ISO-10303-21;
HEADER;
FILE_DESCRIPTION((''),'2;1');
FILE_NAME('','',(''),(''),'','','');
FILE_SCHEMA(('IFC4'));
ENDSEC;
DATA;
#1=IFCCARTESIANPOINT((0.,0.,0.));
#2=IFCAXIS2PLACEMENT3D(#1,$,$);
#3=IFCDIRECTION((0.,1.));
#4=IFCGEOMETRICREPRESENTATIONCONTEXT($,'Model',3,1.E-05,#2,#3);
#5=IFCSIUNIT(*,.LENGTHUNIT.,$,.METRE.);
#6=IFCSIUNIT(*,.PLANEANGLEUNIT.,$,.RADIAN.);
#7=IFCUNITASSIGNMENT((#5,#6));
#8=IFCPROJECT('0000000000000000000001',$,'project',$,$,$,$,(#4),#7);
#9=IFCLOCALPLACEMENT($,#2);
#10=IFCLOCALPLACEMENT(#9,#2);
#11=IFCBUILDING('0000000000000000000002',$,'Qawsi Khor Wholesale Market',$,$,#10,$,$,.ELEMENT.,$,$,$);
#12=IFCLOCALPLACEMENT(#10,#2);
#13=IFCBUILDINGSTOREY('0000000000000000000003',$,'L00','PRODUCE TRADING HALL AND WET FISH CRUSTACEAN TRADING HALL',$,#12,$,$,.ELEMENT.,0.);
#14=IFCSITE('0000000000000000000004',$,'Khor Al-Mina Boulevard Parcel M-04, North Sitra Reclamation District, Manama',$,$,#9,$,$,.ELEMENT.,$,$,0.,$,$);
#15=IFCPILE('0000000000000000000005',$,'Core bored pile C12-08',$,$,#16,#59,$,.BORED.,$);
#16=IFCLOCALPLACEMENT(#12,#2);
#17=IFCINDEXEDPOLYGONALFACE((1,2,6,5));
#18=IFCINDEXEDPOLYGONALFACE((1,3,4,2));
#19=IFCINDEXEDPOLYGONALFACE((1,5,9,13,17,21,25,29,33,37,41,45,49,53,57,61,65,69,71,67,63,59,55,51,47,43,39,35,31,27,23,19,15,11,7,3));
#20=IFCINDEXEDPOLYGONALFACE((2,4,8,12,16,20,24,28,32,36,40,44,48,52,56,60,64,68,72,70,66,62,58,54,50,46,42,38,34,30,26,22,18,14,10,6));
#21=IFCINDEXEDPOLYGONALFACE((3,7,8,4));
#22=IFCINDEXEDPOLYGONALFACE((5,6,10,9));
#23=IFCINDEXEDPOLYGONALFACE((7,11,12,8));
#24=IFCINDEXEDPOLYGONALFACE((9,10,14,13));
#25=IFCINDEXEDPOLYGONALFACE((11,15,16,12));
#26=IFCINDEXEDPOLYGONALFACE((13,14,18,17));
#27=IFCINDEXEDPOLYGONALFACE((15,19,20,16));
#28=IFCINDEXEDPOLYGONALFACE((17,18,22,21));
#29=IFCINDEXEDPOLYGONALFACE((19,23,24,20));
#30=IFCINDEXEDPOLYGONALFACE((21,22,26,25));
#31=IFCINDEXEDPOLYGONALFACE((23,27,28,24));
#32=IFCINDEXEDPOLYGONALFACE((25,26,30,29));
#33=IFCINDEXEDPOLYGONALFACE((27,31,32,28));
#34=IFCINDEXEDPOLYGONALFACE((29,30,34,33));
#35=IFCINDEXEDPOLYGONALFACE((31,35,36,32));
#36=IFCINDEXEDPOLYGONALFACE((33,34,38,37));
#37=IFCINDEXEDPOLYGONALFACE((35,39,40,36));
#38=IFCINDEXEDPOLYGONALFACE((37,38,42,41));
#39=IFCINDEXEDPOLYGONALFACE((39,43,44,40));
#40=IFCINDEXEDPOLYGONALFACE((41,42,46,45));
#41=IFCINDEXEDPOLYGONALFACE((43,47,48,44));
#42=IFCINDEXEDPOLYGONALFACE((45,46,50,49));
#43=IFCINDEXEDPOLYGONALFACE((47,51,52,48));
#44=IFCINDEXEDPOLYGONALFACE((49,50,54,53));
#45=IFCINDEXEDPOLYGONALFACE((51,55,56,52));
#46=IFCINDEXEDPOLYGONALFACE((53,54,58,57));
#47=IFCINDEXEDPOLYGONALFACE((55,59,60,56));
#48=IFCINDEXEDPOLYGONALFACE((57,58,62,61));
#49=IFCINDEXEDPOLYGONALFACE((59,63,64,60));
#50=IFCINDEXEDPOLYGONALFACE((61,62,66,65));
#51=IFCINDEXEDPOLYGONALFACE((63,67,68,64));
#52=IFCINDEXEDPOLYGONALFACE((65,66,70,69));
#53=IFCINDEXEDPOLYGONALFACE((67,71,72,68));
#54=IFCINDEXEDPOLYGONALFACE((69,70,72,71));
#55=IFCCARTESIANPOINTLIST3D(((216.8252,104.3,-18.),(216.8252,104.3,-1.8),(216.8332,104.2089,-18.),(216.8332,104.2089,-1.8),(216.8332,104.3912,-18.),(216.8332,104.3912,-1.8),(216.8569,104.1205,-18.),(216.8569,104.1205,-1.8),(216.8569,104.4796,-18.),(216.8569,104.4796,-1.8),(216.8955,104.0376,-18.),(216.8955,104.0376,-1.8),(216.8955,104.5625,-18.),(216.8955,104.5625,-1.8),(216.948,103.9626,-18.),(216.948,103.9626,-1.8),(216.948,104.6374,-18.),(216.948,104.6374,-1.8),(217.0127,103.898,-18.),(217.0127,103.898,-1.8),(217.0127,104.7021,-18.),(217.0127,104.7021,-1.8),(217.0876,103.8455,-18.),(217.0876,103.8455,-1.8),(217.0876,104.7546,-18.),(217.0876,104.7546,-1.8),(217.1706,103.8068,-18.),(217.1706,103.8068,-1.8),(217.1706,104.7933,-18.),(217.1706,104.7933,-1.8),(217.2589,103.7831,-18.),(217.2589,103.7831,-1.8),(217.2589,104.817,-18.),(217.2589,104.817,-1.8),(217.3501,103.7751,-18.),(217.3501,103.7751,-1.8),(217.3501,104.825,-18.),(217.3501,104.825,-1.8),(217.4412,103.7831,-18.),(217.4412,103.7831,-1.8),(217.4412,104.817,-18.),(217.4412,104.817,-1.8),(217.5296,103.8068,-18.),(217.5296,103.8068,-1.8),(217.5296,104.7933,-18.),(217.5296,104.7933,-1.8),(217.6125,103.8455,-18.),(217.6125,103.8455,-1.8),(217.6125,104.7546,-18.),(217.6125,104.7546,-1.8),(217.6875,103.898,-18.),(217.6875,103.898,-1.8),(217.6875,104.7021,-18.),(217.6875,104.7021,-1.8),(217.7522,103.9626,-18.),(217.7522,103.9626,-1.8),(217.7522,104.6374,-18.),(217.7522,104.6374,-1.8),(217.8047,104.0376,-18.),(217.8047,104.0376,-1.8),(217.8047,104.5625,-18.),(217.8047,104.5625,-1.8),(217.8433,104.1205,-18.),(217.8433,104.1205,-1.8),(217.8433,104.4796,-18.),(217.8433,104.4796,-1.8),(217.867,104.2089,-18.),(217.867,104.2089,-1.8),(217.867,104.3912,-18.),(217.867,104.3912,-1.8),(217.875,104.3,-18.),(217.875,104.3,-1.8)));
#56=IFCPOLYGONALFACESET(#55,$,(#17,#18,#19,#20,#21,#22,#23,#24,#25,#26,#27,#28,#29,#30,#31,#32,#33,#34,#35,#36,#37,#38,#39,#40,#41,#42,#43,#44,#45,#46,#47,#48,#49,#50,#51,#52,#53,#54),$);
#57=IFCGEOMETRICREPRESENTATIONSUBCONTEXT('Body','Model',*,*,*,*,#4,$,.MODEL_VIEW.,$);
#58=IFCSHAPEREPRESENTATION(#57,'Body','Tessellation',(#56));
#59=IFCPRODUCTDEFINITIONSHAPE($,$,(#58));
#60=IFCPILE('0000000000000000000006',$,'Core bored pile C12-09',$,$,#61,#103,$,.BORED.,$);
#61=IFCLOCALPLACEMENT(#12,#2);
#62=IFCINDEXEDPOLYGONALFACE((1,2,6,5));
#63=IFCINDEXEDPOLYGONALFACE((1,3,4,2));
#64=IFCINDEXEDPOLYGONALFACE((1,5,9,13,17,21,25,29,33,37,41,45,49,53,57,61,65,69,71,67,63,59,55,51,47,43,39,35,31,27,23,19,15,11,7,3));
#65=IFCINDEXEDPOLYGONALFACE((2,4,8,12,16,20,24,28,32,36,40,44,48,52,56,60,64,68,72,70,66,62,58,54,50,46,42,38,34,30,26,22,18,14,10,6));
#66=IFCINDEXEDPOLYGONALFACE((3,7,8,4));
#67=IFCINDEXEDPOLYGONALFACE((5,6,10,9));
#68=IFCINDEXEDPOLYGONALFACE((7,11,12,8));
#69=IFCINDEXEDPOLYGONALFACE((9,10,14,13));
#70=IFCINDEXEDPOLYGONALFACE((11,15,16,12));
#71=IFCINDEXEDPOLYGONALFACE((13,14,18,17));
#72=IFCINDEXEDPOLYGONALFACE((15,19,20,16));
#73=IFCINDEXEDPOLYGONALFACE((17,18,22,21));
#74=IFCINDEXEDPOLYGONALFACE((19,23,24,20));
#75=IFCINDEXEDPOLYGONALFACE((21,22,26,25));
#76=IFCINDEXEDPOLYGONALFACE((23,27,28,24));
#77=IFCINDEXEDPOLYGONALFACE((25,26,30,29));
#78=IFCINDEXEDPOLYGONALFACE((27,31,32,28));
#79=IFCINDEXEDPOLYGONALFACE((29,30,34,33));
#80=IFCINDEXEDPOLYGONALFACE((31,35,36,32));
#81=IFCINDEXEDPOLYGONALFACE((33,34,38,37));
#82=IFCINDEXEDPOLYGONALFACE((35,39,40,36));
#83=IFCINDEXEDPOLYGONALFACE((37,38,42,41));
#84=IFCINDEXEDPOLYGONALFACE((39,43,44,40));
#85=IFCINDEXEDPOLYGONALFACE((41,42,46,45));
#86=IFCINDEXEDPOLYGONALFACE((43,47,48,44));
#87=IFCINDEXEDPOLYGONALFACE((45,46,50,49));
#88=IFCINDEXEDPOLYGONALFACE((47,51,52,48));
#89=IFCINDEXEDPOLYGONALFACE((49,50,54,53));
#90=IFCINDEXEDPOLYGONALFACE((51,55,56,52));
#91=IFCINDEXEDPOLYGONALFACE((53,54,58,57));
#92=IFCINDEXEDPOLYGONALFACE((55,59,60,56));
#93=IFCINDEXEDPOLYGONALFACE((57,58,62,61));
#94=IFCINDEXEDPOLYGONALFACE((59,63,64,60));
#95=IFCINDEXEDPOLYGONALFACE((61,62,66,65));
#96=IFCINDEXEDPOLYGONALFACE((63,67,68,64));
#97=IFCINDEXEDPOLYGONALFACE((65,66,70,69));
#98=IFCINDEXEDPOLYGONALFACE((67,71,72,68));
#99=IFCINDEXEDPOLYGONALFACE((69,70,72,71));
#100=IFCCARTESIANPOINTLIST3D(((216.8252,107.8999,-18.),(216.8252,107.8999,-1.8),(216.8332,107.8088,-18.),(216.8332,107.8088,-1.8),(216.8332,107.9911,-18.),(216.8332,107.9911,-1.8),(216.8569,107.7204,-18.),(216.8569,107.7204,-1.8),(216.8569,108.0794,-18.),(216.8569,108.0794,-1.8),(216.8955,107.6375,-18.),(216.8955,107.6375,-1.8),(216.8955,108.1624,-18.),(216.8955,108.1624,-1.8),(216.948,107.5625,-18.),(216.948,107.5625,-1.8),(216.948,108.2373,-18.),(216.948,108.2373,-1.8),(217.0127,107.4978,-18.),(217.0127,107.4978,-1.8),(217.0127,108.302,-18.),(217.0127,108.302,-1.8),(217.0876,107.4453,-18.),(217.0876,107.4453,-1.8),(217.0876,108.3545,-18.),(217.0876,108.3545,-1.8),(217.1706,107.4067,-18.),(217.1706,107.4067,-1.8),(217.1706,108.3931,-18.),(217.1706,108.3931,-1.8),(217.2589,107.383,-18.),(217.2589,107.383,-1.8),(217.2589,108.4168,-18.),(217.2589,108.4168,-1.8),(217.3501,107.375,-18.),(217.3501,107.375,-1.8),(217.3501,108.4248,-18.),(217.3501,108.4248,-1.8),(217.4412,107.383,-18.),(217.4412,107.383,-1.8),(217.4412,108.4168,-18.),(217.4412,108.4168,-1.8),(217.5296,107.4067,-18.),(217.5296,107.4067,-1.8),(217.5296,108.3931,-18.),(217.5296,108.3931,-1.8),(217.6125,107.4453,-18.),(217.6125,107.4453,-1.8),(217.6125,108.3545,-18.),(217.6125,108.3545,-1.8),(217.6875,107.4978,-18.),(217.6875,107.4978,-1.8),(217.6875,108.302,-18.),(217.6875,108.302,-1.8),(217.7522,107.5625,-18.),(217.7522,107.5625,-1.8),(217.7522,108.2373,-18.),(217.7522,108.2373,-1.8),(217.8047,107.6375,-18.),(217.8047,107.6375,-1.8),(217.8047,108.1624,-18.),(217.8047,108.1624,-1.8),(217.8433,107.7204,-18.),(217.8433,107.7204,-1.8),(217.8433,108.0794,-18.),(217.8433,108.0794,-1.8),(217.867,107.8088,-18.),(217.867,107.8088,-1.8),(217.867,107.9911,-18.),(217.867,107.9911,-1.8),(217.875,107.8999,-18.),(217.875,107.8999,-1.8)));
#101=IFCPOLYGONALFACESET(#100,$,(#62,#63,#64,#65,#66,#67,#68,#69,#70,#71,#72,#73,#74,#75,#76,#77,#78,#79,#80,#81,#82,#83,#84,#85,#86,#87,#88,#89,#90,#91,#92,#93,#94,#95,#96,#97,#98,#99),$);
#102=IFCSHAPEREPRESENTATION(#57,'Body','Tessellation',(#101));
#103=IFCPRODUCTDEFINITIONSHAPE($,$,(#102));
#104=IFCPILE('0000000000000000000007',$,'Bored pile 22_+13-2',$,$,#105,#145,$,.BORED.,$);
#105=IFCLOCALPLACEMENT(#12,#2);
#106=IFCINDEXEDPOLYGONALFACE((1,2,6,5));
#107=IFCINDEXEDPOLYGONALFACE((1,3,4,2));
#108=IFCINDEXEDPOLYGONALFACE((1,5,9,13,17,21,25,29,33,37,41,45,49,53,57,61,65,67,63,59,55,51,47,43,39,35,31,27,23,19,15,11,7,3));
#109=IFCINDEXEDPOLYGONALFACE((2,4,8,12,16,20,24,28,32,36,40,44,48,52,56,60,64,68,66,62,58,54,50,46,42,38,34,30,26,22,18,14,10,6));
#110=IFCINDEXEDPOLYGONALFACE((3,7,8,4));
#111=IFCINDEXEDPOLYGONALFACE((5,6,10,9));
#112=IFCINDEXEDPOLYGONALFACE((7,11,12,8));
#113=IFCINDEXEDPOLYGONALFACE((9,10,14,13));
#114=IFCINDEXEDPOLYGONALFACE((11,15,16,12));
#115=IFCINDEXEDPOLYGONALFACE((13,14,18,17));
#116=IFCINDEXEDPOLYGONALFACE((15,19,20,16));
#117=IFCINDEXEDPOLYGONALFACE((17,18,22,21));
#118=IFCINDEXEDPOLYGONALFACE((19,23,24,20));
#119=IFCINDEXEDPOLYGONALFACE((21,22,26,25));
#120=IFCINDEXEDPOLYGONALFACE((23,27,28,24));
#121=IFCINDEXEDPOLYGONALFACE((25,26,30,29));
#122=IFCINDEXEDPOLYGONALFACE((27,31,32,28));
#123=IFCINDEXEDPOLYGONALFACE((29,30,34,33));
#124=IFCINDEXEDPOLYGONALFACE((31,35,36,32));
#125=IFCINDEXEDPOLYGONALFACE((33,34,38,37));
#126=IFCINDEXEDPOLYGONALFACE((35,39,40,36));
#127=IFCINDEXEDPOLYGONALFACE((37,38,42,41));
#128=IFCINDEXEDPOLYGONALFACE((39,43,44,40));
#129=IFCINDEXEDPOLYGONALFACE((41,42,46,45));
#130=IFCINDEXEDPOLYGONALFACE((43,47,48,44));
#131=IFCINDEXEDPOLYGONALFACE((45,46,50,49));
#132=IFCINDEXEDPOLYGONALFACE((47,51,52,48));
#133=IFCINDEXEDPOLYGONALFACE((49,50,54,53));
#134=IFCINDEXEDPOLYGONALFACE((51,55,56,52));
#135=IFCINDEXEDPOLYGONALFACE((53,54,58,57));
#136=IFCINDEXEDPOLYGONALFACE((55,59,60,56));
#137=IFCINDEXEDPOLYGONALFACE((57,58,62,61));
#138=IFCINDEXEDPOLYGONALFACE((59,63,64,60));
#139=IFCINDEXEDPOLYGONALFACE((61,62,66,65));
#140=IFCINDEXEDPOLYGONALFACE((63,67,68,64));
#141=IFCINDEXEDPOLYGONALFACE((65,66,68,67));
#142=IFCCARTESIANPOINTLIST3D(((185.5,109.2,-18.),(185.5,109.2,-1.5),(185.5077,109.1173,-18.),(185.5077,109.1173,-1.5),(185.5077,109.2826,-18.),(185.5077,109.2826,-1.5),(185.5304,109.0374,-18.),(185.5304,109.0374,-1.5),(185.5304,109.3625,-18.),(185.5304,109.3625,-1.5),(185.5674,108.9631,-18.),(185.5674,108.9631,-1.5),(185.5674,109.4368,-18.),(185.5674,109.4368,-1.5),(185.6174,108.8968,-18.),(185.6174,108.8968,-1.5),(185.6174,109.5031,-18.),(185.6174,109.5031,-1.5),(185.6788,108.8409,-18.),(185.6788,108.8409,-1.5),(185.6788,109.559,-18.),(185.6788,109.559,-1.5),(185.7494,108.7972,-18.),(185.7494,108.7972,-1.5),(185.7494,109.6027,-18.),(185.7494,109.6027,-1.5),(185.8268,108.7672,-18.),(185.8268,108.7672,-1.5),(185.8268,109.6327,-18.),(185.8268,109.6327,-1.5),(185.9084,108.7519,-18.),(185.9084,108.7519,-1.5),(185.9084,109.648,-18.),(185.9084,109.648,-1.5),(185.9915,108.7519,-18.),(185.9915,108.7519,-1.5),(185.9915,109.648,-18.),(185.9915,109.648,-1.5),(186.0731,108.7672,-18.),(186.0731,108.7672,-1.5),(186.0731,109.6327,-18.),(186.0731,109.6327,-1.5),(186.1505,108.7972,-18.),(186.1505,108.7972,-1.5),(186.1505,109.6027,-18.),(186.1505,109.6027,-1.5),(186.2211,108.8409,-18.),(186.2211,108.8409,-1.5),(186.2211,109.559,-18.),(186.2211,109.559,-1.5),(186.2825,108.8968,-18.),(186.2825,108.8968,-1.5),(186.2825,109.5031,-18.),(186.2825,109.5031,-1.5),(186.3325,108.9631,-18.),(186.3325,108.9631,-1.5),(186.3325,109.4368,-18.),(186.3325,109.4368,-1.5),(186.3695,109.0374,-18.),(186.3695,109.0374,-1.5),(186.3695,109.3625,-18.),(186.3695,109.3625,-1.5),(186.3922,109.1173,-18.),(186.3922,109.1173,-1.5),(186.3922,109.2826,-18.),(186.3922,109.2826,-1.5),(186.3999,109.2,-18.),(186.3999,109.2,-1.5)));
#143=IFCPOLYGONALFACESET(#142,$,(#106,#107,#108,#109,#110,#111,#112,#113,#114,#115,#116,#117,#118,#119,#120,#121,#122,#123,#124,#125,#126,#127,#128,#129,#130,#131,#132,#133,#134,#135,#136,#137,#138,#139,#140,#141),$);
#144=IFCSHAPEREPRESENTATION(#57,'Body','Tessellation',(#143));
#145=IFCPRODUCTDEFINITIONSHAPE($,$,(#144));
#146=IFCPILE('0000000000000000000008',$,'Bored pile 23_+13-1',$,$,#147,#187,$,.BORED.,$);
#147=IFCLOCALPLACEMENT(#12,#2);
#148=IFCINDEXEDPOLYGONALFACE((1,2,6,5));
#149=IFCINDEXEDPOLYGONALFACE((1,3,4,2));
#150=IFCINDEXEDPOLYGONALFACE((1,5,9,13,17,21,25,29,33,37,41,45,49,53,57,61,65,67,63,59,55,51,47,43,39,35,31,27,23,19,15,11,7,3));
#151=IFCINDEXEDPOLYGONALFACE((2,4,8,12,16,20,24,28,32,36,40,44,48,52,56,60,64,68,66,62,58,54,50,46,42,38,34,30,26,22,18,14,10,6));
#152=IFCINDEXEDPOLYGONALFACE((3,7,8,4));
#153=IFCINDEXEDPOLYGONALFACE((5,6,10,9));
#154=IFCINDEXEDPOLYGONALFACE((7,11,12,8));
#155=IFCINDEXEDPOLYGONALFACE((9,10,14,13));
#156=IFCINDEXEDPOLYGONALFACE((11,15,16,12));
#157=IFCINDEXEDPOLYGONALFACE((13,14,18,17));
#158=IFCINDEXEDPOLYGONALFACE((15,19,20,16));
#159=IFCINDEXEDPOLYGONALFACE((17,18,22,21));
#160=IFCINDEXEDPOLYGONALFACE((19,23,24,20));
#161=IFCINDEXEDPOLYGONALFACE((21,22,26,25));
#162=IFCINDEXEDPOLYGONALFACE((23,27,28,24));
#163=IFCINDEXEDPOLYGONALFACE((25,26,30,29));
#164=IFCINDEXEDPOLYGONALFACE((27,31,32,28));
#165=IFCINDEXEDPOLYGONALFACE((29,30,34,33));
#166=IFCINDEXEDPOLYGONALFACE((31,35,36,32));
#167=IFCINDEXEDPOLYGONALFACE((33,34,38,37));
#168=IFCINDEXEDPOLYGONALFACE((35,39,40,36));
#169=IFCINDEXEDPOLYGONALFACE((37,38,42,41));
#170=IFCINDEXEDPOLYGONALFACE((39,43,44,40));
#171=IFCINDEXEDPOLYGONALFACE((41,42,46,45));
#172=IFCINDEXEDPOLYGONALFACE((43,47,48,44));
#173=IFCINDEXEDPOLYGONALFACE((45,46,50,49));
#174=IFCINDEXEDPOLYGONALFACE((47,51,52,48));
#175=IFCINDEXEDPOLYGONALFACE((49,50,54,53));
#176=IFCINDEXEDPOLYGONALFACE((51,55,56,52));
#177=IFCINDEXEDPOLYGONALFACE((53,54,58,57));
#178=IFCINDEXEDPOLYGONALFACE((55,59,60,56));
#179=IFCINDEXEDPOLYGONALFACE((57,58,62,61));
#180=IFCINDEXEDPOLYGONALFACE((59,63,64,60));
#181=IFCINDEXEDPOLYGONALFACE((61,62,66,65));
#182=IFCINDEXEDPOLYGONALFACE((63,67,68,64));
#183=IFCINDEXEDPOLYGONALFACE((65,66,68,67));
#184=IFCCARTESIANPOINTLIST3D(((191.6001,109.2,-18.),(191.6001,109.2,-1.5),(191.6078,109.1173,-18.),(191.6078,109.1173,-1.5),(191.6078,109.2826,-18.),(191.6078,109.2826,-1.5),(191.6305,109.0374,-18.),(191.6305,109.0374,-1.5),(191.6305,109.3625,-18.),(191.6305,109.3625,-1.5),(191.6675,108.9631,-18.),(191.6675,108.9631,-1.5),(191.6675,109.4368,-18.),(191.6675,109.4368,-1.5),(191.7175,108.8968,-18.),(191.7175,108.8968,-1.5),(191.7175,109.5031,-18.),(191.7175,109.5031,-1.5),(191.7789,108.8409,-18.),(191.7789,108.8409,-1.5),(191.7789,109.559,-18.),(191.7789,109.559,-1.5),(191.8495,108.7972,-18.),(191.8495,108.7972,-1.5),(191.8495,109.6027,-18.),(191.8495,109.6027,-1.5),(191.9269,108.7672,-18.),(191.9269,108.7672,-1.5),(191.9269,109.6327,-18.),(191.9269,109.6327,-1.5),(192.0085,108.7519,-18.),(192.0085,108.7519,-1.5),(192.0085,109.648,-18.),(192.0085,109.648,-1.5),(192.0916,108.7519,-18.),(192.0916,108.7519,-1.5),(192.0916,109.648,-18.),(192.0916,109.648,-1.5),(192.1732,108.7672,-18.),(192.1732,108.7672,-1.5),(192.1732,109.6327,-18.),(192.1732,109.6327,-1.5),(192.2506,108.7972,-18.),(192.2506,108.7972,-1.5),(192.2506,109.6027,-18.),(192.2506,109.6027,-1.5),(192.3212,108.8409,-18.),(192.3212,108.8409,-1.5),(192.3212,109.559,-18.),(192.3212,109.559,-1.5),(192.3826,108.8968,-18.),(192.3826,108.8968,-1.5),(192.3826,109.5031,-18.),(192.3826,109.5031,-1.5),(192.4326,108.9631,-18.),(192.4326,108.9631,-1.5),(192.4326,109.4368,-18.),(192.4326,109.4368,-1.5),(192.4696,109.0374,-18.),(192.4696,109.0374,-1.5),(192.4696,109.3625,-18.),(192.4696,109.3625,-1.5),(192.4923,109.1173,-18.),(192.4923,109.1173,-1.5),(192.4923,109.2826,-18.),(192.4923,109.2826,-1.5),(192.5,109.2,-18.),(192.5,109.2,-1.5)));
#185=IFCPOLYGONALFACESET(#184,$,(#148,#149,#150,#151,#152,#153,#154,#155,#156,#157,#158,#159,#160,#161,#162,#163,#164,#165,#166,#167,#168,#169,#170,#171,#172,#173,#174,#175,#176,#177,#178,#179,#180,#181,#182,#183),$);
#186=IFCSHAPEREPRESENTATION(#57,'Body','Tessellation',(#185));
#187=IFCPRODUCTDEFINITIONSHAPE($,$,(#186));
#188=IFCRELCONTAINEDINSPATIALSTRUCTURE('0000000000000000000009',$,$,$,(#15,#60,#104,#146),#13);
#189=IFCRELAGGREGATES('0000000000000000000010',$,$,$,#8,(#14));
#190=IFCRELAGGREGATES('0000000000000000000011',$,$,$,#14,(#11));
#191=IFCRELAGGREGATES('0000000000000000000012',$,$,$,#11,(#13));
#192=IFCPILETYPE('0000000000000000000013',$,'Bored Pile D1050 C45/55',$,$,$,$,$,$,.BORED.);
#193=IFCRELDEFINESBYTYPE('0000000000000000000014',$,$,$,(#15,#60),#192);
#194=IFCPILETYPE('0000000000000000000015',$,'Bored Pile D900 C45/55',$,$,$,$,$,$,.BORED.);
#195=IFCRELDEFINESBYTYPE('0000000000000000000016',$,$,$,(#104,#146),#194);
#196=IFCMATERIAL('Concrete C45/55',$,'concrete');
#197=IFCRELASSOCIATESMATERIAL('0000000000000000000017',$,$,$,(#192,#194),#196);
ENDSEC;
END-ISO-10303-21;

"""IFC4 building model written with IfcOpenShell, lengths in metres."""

from ifc_helpers import new_model, si_unit, direction, frame, origin, origin_2d, place, context, subcontext, project, spatial, circle, extrude, material, material_profile, profile_set, type_object, element, save


model = new_model("IFC4")

# Units and contexts
model_context = context("Model", 3, precision=1e-05, world=origin(), true_north=direction((0.0, 1.0)))
body_context = subcontext(model_context, "Body", "Model", "MODEL_VIEW")
ifc_project = project(units=[si_unit("LENGTHUNIT", "METRE"), si_unit("PLANEANGLEUNIT", "RADIAN")], contexts=[model_context])

# Site, building, storey
site_placement = place(None, origin())
site = spatial("IfcSite", under=ifc_project, at=site_placement, Name="Khor Al-Mina Boulevard Parcel M-04, North Sitra Reclamation District, Manama", CompositionType="ELEMENT", RefElevation=0.0)
building_placement = place(site_placement, origin())
building = spatial("IfcBuilding", under=site, at=building_placement, Name="Qawsi Khor Wholesale Market", CompositionType="ELEMENT")
storey_placement = place(building_placement, origin())
storey = spatial("IfcBuildingStorey", under=building, at=storey_placement, Name="L00", Description="PRODUCE TRADING HALL AND WET FISH CRUSTACEAN TRADING HALL", CompositionType="ELEMENT", Elevation=0.0)

# Piles
ifc_material_1 = material(Name="Concrete C45/55", Category="concrete")
ifc_material_profile_1 = material_profile(ifc_material_1, circle(Radius=0.5249, at=origin_2d()), Name="PILE D1050")
ifc_profile_set_1 = profile_set([ifc_material_profile_1], Name="Concrete C45/55")
pile_type_1 = type_object("IfcPileType", Name="Bored Pile D1050 C45/55", PredefinedType="BORED", material=ifc_profile_set_1)
for number, where, z_axis, x_axis, name in (
    (1, (217.3501, 104.3, -1.8), (0.0, 0.0, -1.0), (1.0, 0.0, 0.0), "Core bored pile C12-08"),
    (2, (217.3501, 107.8999, -1.8), (0.0, 0.0, -1.0), (1.0, 0.0, 0.0), "Core bored pile C12-09"),
):
    element("IfcPile", number, at=place(storey_placement, frame(where, z_axis=z_axis, x_axis=x_axis)), inside=storey, type_object=pile_type_1, Name=name, PredefinedType="BORED", context=body_context, shape_type="SweptSolid", body=[
        extrude(circle(Radius=0.5249, at=origin_2d()), origin(), (0.0, 0.0, 1.0), 16.2),
    ])
ifc_material_profile_2 = material_profile(ifc_material_1, circle(Radius=0.45, at=origin_2d()), Name="PILE D900")
ifc_profile_set_2 = profile_set([ifc_material_profile_2], Name="Concrete C45/55")
pile_type_2 = type_object("IfcPileType", Name="Bored Pile D900 C45/55", PredefinedType="BORED", material=ifc_profile_set_2)
for number, where, z_axis, x_axis, name in (
    (3, (185.95, 109.2, -1.5), (0.0, 0.0, -1.0), (1.0, 0.0, 0.0), "Bored pile 22_+13-2"),
    (4, (192.05, 109.2, -1.5), (0.0, 0.0, -1.0), (1.0, 0.0, 0.0), "Bored pile 23_+13-1"),
):
    element("IfcPile", number, at=place(storey_placement, frame(where, z_axis=z_axis, x_axis=x_axis)), inside=storey, type_object=pile_type_2, Name=name, PredefinedType="BORED", context=body_context, shape_type="SweptSolid", body=[
        extrude(circle(Radius=0.45, at=origin_2d()), origin(), (0.0, 0.0, 1.0), 16.5),
    ])

save(model, "model.ifc")
